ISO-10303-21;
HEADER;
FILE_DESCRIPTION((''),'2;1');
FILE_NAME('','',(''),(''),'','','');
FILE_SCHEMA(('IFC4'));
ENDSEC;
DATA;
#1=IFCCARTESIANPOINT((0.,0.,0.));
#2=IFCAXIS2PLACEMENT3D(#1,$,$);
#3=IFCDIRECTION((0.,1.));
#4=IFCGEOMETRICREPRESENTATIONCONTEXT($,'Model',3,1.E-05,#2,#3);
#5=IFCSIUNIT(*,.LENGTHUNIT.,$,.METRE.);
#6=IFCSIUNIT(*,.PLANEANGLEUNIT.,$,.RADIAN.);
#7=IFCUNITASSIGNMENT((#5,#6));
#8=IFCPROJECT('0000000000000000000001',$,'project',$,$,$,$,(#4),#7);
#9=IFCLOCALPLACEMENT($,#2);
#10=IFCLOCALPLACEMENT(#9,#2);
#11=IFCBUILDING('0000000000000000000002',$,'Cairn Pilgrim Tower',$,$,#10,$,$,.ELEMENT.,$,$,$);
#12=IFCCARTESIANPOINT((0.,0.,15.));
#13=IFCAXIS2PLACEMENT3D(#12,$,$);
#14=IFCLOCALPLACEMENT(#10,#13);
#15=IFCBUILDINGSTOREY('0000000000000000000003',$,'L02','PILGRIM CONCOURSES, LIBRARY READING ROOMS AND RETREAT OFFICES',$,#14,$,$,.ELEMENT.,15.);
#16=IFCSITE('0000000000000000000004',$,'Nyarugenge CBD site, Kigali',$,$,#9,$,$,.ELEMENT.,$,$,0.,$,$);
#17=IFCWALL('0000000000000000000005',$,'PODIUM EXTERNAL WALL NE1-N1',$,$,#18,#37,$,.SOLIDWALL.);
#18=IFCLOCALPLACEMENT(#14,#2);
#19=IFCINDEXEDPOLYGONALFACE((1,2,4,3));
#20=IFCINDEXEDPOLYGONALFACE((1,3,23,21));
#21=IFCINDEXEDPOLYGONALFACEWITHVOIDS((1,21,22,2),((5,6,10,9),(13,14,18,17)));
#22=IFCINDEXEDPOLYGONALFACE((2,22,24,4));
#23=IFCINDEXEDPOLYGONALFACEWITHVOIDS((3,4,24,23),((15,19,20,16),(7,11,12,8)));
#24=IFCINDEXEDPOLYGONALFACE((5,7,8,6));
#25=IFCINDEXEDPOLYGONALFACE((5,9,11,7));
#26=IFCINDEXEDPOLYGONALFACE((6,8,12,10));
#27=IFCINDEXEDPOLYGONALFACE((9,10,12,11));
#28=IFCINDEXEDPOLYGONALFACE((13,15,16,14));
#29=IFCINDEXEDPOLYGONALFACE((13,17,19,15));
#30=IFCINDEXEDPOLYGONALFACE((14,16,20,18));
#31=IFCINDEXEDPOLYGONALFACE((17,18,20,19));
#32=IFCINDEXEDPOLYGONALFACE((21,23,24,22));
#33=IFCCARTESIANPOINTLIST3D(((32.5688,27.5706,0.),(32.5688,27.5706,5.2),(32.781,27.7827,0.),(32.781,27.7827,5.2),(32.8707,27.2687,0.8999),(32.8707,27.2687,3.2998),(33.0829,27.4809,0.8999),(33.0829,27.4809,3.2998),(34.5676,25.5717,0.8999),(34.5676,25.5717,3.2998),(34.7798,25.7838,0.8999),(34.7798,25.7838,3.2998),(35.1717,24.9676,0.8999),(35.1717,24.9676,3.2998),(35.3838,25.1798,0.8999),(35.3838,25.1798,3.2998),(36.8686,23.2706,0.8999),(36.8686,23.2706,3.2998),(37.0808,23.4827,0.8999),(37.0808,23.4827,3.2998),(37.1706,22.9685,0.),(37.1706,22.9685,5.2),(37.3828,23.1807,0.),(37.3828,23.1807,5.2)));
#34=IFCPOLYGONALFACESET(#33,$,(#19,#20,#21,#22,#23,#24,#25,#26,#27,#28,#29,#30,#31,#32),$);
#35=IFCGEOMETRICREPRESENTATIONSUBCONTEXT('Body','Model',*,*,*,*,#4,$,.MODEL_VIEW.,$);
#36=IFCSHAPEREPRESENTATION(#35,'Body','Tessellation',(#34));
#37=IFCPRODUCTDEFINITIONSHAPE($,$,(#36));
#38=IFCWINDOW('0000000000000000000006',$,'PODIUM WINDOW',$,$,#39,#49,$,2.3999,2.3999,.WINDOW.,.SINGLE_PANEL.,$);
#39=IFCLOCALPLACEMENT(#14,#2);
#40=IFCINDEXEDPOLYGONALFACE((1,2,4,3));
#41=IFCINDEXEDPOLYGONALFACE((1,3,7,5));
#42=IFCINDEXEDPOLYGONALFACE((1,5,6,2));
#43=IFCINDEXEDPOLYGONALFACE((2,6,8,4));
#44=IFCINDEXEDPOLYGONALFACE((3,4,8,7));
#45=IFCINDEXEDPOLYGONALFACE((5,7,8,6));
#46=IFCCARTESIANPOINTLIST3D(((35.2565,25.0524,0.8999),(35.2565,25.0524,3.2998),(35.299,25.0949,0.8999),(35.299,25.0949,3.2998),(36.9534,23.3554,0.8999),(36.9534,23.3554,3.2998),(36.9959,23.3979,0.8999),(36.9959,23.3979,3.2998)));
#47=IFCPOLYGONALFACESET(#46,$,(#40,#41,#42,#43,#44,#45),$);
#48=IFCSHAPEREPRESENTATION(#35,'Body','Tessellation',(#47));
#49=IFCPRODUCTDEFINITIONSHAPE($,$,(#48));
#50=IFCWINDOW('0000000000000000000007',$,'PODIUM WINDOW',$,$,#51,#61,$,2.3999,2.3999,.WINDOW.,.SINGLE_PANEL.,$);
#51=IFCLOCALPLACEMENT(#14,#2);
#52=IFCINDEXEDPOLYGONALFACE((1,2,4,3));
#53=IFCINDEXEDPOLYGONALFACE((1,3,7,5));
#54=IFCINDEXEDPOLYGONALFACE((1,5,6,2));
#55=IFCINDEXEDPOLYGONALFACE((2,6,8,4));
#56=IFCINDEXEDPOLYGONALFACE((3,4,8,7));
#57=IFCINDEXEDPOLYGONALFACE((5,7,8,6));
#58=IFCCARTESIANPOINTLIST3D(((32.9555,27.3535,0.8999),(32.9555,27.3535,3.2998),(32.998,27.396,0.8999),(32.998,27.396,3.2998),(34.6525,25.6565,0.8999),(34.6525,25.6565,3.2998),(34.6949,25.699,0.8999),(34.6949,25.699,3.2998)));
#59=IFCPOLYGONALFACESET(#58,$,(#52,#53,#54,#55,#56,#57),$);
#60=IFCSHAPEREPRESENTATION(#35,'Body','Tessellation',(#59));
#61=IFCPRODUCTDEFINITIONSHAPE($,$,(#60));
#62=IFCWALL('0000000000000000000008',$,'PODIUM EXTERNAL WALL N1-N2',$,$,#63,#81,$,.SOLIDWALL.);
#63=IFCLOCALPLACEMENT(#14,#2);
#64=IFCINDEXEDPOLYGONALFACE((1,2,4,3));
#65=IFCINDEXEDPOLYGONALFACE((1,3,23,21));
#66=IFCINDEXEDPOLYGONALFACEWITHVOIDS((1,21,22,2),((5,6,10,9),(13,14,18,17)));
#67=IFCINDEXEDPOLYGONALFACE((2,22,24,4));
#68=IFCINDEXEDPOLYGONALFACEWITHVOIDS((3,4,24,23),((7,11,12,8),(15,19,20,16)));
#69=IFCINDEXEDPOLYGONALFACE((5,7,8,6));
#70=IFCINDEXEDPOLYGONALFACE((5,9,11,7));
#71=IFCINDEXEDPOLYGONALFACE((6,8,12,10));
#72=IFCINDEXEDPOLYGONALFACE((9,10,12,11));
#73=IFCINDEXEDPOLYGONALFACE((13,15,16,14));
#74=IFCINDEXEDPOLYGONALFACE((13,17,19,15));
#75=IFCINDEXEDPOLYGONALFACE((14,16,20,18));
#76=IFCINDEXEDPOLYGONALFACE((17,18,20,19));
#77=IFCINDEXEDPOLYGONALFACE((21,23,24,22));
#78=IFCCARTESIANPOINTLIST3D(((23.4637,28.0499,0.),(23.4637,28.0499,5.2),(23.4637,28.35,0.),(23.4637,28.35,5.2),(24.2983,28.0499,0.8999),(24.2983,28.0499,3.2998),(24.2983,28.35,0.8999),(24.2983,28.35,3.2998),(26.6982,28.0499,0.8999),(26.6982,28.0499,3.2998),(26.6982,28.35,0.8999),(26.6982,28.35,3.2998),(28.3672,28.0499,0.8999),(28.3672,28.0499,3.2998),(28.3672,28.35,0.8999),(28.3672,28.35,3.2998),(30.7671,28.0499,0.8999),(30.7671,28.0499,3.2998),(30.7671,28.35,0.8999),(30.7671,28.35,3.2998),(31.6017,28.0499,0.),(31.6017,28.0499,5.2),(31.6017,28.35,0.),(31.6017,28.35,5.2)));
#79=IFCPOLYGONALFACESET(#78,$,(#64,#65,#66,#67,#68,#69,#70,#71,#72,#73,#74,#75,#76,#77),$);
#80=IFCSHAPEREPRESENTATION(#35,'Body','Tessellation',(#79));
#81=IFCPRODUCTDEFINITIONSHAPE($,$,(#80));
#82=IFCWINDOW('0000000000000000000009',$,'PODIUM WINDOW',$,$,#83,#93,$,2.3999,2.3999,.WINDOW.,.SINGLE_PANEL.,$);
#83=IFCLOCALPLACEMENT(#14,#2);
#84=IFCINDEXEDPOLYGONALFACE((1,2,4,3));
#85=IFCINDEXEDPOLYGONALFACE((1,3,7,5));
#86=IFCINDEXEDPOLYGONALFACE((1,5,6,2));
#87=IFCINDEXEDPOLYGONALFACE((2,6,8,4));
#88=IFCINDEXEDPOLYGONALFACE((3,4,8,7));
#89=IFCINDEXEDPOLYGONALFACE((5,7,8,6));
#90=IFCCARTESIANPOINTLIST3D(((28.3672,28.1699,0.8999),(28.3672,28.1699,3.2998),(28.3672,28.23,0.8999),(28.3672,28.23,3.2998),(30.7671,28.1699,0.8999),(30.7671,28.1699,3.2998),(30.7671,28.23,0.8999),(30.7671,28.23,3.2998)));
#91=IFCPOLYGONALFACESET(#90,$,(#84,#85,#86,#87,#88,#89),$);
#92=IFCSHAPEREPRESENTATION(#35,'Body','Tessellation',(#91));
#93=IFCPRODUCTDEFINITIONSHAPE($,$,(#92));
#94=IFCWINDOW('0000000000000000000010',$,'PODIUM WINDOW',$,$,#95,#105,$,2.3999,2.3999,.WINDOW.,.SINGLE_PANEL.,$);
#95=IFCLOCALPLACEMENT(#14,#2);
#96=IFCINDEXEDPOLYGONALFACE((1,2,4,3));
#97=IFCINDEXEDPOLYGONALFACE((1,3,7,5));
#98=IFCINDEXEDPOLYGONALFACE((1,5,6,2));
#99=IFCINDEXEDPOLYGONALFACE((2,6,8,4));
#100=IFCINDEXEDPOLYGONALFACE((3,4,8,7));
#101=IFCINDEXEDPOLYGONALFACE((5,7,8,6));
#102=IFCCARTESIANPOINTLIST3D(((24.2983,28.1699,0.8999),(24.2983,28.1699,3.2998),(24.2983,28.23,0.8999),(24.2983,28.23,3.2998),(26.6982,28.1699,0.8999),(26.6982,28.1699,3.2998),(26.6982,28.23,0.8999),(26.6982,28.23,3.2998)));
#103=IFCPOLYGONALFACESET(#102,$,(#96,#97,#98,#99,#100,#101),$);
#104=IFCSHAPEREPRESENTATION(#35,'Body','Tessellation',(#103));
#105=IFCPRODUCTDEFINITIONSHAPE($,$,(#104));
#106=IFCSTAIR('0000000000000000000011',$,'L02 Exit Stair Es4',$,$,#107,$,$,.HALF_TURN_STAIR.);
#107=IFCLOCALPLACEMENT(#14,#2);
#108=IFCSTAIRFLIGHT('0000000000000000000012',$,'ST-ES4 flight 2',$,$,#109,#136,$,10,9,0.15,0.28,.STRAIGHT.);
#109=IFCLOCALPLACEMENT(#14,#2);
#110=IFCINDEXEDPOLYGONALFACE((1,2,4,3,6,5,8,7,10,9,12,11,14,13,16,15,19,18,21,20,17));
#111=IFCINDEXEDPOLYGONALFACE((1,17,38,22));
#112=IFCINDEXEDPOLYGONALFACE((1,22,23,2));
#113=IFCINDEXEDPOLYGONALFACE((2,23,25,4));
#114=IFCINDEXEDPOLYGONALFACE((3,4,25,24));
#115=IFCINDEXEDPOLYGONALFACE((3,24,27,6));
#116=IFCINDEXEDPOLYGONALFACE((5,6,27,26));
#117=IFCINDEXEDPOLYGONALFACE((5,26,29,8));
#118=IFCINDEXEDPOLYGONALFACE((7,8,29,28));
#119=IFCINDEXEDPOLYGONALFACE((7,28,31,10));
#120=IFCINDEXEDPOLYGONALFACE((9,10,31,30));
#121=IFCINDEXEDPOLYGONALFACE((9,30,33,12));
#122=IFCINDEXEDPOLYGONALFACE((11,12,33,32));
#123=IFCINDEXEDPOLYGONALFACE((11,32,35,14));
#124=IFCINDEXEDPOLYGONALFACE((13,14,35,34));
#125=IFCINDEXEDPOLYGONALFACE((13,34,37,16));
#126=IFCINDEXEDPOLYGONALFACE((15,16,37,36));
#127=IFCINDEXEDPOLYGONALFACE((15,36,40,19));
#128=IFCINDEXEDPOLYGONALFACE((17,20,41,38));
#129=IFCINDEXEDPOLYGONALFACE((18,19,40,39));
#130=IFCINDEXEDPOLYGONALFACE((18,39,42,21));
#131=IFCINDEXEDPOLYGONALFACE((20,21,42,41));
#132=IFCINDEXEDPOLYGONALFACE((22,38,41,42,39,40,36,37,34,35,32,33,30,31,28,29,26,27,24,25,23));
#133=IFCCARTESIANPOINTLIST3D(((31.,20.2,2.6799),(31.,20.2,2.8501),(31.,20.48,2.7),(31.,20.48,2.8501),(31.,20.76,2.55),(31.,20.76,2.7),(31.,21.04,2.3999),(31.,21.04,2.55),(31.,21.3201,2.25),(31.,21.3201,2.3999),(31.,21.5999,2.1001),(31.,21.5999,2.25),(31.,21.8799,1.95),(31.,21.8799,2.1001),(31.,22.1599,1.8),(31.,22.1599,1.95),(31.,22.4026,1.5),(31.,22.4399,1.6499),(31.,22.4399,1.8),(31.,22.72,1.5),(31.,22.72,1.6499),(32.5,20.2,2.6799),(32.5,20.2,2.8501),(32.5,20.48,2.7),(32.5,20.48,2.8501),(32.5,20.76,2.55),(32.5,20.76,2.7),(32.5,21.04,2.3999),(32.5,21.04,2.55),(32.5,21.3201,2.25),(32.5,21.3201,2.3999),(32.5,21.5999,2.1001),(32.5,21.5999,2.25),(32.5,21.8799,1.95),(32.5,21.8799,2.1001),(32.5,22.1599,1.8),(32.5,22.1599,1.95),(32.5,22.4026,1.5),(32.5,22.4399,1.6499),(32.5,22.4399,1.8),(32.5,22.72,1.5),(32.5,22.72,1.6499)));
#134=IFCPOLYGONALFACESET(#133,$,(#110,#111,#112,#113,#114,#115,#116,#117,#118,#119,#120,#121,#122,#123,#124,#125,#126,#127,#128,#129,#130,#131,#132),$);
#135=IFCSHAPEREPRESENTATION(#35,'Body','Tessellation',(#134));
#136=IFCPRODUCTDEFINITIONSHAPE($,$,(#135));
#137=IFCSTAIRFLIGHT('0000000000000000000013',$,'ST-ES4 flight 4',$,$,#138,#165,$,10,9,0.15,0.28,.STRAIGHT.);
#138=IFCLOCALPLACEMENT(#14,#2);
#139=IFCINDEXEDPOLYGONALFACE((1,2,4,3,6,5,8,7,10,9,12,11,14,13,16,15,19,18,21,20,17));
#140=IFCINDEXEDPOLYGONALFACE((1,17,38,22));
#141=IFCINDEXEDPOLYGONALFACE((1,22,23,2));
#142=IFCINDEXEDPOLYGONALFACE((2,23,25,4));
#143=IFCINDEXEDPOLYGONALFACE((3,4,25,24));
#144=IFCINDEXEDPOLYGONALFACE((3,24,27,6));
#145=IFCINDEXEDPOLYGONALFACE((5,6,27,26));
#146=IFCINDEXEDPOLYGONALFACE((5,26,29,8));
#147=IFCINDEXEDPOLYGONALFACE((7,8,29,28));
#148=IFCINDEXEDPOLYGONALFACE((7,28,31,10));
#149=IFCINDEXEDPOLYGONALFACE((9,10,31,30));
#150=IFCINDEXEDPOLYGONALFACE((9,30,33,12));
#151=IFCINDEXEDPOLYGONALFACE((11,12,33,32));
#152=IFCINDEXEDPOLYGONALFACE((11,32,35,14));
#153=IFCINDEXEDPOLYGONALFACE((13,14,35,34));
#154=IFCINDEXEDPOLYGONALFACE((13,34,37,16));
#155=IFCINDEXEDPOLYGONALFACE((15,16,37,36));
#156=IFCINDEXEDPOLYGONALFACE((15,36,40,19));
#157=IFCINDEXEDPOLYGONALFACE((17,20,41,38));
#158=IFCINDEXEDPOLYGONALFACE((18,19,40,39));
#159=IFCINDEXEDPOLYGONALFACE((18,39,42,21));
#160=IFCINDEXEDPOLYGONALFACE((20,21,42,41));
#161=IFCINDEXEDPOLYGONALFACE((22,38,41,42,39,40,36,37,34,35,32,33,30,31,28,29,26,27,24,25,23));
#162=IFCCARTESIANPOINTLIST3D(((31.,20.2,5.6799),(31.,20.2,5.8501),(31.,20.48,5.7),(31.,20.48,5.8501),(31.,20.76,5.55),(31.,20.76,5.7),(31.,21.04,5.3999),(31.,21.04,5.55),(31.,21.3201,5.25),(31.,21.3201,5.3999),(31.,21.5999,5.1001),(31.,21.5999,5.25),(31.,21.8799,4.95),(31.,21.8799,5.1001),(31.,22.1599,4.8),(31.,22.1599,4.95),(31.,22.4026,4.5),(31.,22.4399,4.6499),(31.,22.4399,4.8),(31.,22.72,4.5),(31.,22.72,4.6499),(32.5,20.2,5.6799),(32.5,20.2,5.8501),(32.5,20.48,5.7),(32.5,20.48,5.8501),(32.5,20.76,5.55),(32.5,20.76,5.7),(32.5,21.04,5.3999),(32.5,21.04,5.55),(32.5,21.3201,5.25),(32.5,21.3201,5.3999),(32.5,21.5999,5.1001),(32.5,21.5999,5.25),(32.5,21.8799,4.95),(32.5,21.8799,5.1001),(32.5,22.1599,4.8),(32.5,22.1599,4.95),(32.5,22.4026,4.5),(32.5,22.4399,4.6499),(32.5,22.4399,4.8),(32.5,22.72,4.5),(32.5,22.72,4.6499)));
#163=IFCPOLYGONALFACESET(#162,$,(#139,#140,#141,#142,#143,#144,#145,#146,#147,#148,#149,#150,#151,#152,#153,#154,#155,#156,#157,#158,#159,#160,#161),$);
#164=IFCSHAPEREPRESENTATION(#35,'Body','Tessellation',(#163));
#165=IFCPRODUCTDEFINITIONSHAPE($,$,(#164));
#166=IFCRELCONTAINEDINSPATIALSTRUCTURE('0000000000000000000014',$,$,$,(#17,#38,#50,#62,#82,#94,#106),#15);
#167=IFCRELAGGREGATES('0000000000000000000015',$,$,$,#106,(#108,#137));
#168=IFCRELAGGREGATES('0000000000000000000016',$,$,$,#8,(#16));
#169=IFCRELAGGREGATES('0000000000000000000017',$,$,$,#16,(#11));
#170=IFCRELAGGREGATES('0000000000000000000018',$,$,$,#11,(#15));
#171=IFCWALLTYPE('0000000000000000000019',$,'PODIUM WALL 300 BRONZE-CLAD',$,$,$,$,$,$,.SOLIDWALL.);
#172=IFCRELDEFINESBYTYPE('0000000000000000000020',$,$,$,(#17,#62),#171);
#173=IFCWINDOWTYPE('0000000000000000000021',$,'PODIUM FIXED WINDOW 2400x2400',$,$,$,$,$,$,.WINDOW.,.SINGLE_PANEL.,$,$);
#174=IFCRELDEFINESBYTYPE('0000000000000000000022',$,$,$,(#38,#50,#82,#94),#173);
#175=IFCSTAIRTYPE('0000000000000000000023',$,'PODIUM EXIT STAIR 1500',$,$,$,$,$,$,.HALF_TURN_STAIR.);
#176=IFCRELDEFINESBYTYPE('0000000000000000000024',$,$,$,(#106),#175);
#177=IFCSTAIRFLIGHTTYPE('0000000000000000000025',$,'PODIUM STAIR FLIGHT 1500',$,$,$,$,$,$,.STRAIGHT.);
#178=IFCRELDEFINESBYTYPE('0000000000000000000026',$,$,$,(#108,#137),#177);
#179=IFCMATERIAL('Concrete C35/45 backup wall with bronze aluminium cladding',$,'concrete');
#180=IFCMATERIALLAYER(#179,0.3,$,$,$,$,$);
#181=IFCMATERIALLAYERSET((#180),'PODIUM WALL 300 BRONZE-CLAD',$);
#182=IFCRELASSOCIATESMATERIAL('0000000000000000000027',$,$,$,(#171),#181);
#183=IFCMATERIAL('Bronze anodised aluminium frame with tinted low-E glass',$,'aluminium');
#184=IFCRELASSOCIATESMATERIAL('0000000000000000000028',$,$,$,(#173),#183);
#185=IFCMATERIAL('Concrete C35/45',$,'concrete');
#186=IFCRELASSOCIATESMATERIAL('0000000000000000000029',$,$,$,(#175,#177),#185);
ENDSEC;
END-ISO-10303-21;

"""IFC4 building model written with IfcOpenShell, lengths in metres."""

from ifc_helpers import new_model, si_unit, direction, frame, frame_2d, origin, place, context, subcontext, project, spatial, polyline, rectangle, outline, extrude, material, layer, layer_set, type_object, element, fill, aggregate, save


model = new_model("IFC4")

# Units and contexts
model_context = context("Model", 3, precision=1e-05, world=origin(), true_north=direction((0.0, 1.0)))
body_context = subcontext(model_context, "Body", "Model", "MODEL_VIEW")
ifc_project = project(units=[si_unit("LENGTHUNIT", "METRE"), si_unit("PLANEANGLEUNIT", "RADIAN")], contexts=[model_context])

# Site, building, storey
site_placement = place(None, origin())
site = spatial("IfcSite", under=ifc_project, at=site_placement, Name="Nyarugenge CBD site, Kigali", CompositionType="ELEMENT", RefElevation=0.0)
building_placement = place(site_placement, origin())
building = spatial("IfcBuilding", under=site, at=building_placement, Name="Cairn Pilgrim Tower", CompositionType="ELEMENT")
storey_placement = place(building_placement, frame((0.0, 0.0, 15.0)))
storey = spatial("IfcBuildingStorey", under=building, at=storey_placement, Name="L02", Description="PILGRIM CONCOURSES, LIBRARY READING ROOMS AND RETREAT OFFICES", CompositionType="ELEMENT", Elevation=15.0)

# Shared definitions
ifc_material_1 = material(Name="Concrete C35/45", Category="concrete")

# Walls, openings, windows
ifc_material_2 = material(Name="Concrete C35/45 backup wall with bronze aluminium cladding", Category="concrete")
ifc_layer_1 = layer(ifc_material_2, 0.3)
ifc_layer_set_1 = layer_set([ifc_layer_1], Name="PODIUM WALL 300 BRONZE-CLAD")
wall_type_1 = type_object("IfcWallType", Name="PODIUM WALL 300 BRONZE-CLAD", PredefinedType="SOLIDWALL", material=ifc_layer_set_1)
wall_1_placement = place(storey_placement, frame((37.2766, 23.0747, 0.0), z_axis=(0.0, 0.0, 1.0), x_axis=(-0.707088, 0.707126, 0.0)))
wall_1 = element("IfcWall", 1, at=wall_1_placement, inside=storey, type_object=wall_type_1, Name="PODIUM EXTERNAL WALL NE1-N1", PredefinedType="SOLIDWALL", context=body_context, shape_type="SweptSolid", body=[
    extrude(rectangle(XDim=6.5081, YDim=0.3, at=frame_2d((3.2539, 0.0))), origin(), (0.0, 0.0, 1.0), 5.2),
])
opening_1_placement = place(wall_1_placement, frame((0.427, 0.0, 0.8999)))
opening_1 = element("IfcOpeningElement", 2, at=opening_1_placement, cuts=wall_1, PredefinedType="OPENING", context=body_context, shape_type="SweptSolid", body=[
    extrude(rectangle(XDim=2.3999, YDim=2.3999, at=frame_2d((1.2, 1.2))), frame((0.0, 0.1602, 0.0), z_axis=(0.0, -1.0, 0.0), x_axis=(1.0, 0.0, 0.0)), (0.0, 0.0, 1.0), 0.3201),
])
opening_2_placement = place(wall_1_placement, frame((3.6812, 0.0, 0.8999)))
opening_2 = element("IfcOpeningElement", 3, at=opening_2_placement, cuts=wall_1, PredefinedType="OPENING", context=body_context, shape_type="SweptSolid", body=[
    extrude(rectangle(XDim=2.3999, YDim=2.3999, at=frame_2d((1.2, 1.2))), frame((0.0, 0.1602, 0.0), z_axis=(0.0, -1.0, 0.0), x_axis=(1.0, 0.0, 0.0)), (0.0, 0.0, 1.0), 0.3201),
])
ifc_material_3 = material(Name="Bronze anodised aluminium frame with tinted low-E glass", Category="aluminium")
window_type = type_object("IfcWindowType", Name="PODIUM FIXED WINDOW 2400x2400", PartitioningType="SINGLE_PANEL", PredefinedType="WINDOW", material=ifc_material_3)
window_1_placement = place(opening_1_placement, origin())
window_1 = element("IfcWindow", 4, at=window_1_placement, inside=storey, type_object=window_type, Name="PODIUM WINDOW", OverallHeight=2.3999, OverallWidth=2.3999, PartitioningType="SINGLE_PANEL", PredefinedType="WINDOW", context=body_context, shape_type="SweptSolid", body=[
    extrude(rectangle(XDim=2.3999, YDim=2.3999, at=frame_2d((1.2, 1.2))), frame((0.0, 0.03, 0.0), z_axis=(0.0, -1.0, 0.0), x_axis=(1.0, 0.0, 0.0)), (0.0, 0.0, 1.0), 0.0601),
])
fill(opening_1, window_1)
window_2_placement = place(opening_2_placement, origin())
window_2 = element("IfcWindow", 5, at=window_2_placement, inside=storey, type_object=window_type, Name="PODIUM WINDOW", OverallHeight=2.3999, OverallWidth=2.3999, PartitioningType="SINGLE_PANEL", PredefinedType="WINDOW", context=body_context, shape_type="SweptSolid", body=[
    extrude(rectangle(XDim=2.3999, YDim=2.3999, at=frame_2d((1.2, 1.2))), frame((0.0, 0.03, 0.0), z_axis=(0.0, -1.0, 0.0), x_axis=(1.0, 0.0, 0.0)), (0.0, 0.0, 1.0), 0.0601),
])
fill(opening_2, window_2)
wall_2_placement = place(storey_placement, frame((31.6016, 28.2, 0.0), z_axis=(0.0, 0.0, 1.0), x_axis=(-1.0, 0.0, 0.0)))
wall_2 = element("IfcWall", 6, at=wall_2_placement, inside=storey, type_object=wall_type_1, Name="PODIUM EXTERNAL WALL N1-N2", PredefinedType="SOLIDWALL", context=body_context, shape_type="SweptSolid", body=[
    extrude(rectangle(XDim=8.1379, YDim=0.3, at=frame_2d((4.0688, 0.0))), origin(), (0.0, 0.0, 1.0), 5.2),
])
opening_3_placement = place(wall_2_placement, frame((0.8345, 0.0, 0.8999)))
opening_3 = element("IfcOpeningElement", 7, at=opening_3_placement, cuts=wall_2, PredefinedType="OPENING", context=body_context, shape_type="SweptSolid", body=[
    extrude(rectangle(XDim=2.3999, YDim=2.3999, at=frame_2d((1.2, 1.2))), frame((0.0, 0.1602, 0.0), z_axis=(0.0, -1.0, 0.0), x_axis=(1.0, 0.0, 0.0)), (0.0, 0.0, 1.0), 0.3201),
])
opening_4_placement = place(wall_2_placement, frame((4.9033, 0.0, 0.8999)))
opening_4 = element("IfcOpeningElement", 8, at=opening_4_placement, cuts=wall_2, PredefinedType="OPENING", context=body_context, shape_type="SweptSolid", body=[
    extrude(rectangle(XDim=2.3999, YDim=2.3999, at=frame_2d((1.2, 1.2))), frame((0.0, 0.1602, 0.0), z_axis=(0.0, -1.0, 0.0), x_axis=(1.0, 0.0, 0.0)), (0.0, 0.0, 1.0), 0.3201),
])
window_3_placement = place(opening_3_placement, origin())
window_3 = element("IfcWindow", 9, at=window_3_placement, inside=storey, type_object=window_type, Name="PODIUM WINDOW", OverallHeight=2.3999, OverallWidth=2.3999, PartitioningType="SINGLE_PANEL", PredefinedType="WINDOW", context=body_context, shape_type="SweptSolid", body=[
    extrude(rectangle(XDim=2.3999, YDim=2.3999, at=frame_2d((1.2, 1.2))), frame((0.0, 0.03, 0.0), z_axis=(0.0, -1.0, 0.0), x_axis=(1.0, 0.0, 0.0)), (0.0, 0.0, 1.0), 0.0601),
])
fill(opening_3, window_3)
window_4_placement = place(opening_4_placement, origin())
window_4 = element("IfcWindow", 10, at=window_4_placement, inside=storey, type_object=window_type, Name="PODIUM WINDOW", OverallHeight=2.3999, OverallWidth=2.3999, PartitioningType="SINGLE_PANEL", PredefinedType="WINDOW", context=body_context, shape_type="SweptSolid", body=[
    extrude(rectangle(XDim=2.3999, YDim=2.3999, at=frame_2d((1.2, 1.2))), frame((0.0, 0.03, 0.0), z_axis=(0.0, -1.0, 0.0), x_axis=(1.0, 0.0, 0.0)), (0.0, 0.0, 1.0), 0.0601),
])
fill(opening_4, window_4)

# Stair, stair flights
stair_type = type_object("IfcStairType", Name="PODIUM EXIT STAIR 1500", PredefinedType="HALF_TURN_STAIR", material=ifc_material_1)
stair_placement = place(storey_placement, origin())
stair = element("IfcStair", 11, at=stair_placement, inside=storey, type_object=stair_type, Name="L02 Exit Stair Es4", PredefinedType="HALF_TURN_STAIR")
stair_flight_type = type_object("IfcStairFlightType", Name="PODIUM STAIR FLIGHT 1500", PredefinedType="STRAIGHT", material=ifc_material_1)
stair_flight_1_placement = place(storey_placement, frame((31.75, 22.72, 1.5), z_axis=(0.0, 0.0, 1.0), x_axis=(0.0, -1.0, 0.0)))
stair_flight_1 = element("IfcStairFlight", 12, at=stair_flight_1_placement, type_object=stair_flight_type, Name="ST-ES4 flight 2", NumberOfRisers=10, NumberOfTreads=9, PredefinedType="STRAIGHT", RiserHeight=0.15, TreadLength=0.28, context=body_context, shape_type="SweptSolid", body=[
    extrude(outline(polyline([(0.0, 0.0), (0.0, 0.1499), (0.28, 0.1499), (0.28, 0.3), (0.5601, 0.3), (0.5601, 0.45), (0.8401, 0.45), (0.8401, 0.6001), (1.1201, 0.6001), (1.1201, 0.75), (1.3999, 0.75), (1.3999, 0.8999), (1.6799, 0.8999), (1.6799, 1.05), (1.96, 1.05), (1.96, 1.2), (2.24, 1.2), (2.24, 1.3501), (2.52, 1.3501), (2.52, 1.5), (2.52, 1.1799), (0.3174, 0.0), (0.0, 0.0)])), frame((0.0, 0.75, 0.0), z_axis=(0.0, -1.0, 0.0), x_axis=(1.0, 0.0, 0.0)), (0.0, 0.0, 1.0), 1.5),
])
stair_flight_2_placement = place(storey_placement, frame((31.75, 22.72, 4.5), z_axis=(0.0, 0.0, 1.0), x_axis=(0.0, -1.0, 0.0)))
stair_flight_2 = element("IfcStairFlight", 13, at=stair_flight_2_placement, type_object=stair_flight_type, Name="ST-ES4 flight 4", NumberOfRisers=10, NumberOfTreads=9, PredefinedType="STRAIGHT", RiserHeight=0.15, TreadLength=0.28, context=body_context, shape_type="SweptSolid", body=[
    extrude(outline(polyline([(0.0, 0.0), (0.0, 0.1499), (0.28, 0.1499), (0.28, 0.3), (0.5601, 0.3), (0.5601, 0.45), (0.8401, 0.45), (0.8401, 0.6001), (1.1201, 0.6001), (1.1201, 0.75), (1.3999, 0.75), (1.3999, 0.8999), (1.6799, 0.8999), (1.6799, 1.05), (1.96, 1.05), (1.96, 1.2), (2.24, 1.2), (2.24, 1.3501), (2.52, 1.3501), (2.52, 1.5), (2.52, 1.1799), (0.3174, 0.0), (0.0, 0.0)])), frame((0.0, 0.75, 0.0), z_axis=(0.0, -1.0, 0.0), x_axis=(1.0, 0.0, 0.0)), (0.0, 0.0, 1.0), 1.5),
])
aggregate(stair, [stair_flight_1, stair_flight_2])

save(model, "model.ifc")
